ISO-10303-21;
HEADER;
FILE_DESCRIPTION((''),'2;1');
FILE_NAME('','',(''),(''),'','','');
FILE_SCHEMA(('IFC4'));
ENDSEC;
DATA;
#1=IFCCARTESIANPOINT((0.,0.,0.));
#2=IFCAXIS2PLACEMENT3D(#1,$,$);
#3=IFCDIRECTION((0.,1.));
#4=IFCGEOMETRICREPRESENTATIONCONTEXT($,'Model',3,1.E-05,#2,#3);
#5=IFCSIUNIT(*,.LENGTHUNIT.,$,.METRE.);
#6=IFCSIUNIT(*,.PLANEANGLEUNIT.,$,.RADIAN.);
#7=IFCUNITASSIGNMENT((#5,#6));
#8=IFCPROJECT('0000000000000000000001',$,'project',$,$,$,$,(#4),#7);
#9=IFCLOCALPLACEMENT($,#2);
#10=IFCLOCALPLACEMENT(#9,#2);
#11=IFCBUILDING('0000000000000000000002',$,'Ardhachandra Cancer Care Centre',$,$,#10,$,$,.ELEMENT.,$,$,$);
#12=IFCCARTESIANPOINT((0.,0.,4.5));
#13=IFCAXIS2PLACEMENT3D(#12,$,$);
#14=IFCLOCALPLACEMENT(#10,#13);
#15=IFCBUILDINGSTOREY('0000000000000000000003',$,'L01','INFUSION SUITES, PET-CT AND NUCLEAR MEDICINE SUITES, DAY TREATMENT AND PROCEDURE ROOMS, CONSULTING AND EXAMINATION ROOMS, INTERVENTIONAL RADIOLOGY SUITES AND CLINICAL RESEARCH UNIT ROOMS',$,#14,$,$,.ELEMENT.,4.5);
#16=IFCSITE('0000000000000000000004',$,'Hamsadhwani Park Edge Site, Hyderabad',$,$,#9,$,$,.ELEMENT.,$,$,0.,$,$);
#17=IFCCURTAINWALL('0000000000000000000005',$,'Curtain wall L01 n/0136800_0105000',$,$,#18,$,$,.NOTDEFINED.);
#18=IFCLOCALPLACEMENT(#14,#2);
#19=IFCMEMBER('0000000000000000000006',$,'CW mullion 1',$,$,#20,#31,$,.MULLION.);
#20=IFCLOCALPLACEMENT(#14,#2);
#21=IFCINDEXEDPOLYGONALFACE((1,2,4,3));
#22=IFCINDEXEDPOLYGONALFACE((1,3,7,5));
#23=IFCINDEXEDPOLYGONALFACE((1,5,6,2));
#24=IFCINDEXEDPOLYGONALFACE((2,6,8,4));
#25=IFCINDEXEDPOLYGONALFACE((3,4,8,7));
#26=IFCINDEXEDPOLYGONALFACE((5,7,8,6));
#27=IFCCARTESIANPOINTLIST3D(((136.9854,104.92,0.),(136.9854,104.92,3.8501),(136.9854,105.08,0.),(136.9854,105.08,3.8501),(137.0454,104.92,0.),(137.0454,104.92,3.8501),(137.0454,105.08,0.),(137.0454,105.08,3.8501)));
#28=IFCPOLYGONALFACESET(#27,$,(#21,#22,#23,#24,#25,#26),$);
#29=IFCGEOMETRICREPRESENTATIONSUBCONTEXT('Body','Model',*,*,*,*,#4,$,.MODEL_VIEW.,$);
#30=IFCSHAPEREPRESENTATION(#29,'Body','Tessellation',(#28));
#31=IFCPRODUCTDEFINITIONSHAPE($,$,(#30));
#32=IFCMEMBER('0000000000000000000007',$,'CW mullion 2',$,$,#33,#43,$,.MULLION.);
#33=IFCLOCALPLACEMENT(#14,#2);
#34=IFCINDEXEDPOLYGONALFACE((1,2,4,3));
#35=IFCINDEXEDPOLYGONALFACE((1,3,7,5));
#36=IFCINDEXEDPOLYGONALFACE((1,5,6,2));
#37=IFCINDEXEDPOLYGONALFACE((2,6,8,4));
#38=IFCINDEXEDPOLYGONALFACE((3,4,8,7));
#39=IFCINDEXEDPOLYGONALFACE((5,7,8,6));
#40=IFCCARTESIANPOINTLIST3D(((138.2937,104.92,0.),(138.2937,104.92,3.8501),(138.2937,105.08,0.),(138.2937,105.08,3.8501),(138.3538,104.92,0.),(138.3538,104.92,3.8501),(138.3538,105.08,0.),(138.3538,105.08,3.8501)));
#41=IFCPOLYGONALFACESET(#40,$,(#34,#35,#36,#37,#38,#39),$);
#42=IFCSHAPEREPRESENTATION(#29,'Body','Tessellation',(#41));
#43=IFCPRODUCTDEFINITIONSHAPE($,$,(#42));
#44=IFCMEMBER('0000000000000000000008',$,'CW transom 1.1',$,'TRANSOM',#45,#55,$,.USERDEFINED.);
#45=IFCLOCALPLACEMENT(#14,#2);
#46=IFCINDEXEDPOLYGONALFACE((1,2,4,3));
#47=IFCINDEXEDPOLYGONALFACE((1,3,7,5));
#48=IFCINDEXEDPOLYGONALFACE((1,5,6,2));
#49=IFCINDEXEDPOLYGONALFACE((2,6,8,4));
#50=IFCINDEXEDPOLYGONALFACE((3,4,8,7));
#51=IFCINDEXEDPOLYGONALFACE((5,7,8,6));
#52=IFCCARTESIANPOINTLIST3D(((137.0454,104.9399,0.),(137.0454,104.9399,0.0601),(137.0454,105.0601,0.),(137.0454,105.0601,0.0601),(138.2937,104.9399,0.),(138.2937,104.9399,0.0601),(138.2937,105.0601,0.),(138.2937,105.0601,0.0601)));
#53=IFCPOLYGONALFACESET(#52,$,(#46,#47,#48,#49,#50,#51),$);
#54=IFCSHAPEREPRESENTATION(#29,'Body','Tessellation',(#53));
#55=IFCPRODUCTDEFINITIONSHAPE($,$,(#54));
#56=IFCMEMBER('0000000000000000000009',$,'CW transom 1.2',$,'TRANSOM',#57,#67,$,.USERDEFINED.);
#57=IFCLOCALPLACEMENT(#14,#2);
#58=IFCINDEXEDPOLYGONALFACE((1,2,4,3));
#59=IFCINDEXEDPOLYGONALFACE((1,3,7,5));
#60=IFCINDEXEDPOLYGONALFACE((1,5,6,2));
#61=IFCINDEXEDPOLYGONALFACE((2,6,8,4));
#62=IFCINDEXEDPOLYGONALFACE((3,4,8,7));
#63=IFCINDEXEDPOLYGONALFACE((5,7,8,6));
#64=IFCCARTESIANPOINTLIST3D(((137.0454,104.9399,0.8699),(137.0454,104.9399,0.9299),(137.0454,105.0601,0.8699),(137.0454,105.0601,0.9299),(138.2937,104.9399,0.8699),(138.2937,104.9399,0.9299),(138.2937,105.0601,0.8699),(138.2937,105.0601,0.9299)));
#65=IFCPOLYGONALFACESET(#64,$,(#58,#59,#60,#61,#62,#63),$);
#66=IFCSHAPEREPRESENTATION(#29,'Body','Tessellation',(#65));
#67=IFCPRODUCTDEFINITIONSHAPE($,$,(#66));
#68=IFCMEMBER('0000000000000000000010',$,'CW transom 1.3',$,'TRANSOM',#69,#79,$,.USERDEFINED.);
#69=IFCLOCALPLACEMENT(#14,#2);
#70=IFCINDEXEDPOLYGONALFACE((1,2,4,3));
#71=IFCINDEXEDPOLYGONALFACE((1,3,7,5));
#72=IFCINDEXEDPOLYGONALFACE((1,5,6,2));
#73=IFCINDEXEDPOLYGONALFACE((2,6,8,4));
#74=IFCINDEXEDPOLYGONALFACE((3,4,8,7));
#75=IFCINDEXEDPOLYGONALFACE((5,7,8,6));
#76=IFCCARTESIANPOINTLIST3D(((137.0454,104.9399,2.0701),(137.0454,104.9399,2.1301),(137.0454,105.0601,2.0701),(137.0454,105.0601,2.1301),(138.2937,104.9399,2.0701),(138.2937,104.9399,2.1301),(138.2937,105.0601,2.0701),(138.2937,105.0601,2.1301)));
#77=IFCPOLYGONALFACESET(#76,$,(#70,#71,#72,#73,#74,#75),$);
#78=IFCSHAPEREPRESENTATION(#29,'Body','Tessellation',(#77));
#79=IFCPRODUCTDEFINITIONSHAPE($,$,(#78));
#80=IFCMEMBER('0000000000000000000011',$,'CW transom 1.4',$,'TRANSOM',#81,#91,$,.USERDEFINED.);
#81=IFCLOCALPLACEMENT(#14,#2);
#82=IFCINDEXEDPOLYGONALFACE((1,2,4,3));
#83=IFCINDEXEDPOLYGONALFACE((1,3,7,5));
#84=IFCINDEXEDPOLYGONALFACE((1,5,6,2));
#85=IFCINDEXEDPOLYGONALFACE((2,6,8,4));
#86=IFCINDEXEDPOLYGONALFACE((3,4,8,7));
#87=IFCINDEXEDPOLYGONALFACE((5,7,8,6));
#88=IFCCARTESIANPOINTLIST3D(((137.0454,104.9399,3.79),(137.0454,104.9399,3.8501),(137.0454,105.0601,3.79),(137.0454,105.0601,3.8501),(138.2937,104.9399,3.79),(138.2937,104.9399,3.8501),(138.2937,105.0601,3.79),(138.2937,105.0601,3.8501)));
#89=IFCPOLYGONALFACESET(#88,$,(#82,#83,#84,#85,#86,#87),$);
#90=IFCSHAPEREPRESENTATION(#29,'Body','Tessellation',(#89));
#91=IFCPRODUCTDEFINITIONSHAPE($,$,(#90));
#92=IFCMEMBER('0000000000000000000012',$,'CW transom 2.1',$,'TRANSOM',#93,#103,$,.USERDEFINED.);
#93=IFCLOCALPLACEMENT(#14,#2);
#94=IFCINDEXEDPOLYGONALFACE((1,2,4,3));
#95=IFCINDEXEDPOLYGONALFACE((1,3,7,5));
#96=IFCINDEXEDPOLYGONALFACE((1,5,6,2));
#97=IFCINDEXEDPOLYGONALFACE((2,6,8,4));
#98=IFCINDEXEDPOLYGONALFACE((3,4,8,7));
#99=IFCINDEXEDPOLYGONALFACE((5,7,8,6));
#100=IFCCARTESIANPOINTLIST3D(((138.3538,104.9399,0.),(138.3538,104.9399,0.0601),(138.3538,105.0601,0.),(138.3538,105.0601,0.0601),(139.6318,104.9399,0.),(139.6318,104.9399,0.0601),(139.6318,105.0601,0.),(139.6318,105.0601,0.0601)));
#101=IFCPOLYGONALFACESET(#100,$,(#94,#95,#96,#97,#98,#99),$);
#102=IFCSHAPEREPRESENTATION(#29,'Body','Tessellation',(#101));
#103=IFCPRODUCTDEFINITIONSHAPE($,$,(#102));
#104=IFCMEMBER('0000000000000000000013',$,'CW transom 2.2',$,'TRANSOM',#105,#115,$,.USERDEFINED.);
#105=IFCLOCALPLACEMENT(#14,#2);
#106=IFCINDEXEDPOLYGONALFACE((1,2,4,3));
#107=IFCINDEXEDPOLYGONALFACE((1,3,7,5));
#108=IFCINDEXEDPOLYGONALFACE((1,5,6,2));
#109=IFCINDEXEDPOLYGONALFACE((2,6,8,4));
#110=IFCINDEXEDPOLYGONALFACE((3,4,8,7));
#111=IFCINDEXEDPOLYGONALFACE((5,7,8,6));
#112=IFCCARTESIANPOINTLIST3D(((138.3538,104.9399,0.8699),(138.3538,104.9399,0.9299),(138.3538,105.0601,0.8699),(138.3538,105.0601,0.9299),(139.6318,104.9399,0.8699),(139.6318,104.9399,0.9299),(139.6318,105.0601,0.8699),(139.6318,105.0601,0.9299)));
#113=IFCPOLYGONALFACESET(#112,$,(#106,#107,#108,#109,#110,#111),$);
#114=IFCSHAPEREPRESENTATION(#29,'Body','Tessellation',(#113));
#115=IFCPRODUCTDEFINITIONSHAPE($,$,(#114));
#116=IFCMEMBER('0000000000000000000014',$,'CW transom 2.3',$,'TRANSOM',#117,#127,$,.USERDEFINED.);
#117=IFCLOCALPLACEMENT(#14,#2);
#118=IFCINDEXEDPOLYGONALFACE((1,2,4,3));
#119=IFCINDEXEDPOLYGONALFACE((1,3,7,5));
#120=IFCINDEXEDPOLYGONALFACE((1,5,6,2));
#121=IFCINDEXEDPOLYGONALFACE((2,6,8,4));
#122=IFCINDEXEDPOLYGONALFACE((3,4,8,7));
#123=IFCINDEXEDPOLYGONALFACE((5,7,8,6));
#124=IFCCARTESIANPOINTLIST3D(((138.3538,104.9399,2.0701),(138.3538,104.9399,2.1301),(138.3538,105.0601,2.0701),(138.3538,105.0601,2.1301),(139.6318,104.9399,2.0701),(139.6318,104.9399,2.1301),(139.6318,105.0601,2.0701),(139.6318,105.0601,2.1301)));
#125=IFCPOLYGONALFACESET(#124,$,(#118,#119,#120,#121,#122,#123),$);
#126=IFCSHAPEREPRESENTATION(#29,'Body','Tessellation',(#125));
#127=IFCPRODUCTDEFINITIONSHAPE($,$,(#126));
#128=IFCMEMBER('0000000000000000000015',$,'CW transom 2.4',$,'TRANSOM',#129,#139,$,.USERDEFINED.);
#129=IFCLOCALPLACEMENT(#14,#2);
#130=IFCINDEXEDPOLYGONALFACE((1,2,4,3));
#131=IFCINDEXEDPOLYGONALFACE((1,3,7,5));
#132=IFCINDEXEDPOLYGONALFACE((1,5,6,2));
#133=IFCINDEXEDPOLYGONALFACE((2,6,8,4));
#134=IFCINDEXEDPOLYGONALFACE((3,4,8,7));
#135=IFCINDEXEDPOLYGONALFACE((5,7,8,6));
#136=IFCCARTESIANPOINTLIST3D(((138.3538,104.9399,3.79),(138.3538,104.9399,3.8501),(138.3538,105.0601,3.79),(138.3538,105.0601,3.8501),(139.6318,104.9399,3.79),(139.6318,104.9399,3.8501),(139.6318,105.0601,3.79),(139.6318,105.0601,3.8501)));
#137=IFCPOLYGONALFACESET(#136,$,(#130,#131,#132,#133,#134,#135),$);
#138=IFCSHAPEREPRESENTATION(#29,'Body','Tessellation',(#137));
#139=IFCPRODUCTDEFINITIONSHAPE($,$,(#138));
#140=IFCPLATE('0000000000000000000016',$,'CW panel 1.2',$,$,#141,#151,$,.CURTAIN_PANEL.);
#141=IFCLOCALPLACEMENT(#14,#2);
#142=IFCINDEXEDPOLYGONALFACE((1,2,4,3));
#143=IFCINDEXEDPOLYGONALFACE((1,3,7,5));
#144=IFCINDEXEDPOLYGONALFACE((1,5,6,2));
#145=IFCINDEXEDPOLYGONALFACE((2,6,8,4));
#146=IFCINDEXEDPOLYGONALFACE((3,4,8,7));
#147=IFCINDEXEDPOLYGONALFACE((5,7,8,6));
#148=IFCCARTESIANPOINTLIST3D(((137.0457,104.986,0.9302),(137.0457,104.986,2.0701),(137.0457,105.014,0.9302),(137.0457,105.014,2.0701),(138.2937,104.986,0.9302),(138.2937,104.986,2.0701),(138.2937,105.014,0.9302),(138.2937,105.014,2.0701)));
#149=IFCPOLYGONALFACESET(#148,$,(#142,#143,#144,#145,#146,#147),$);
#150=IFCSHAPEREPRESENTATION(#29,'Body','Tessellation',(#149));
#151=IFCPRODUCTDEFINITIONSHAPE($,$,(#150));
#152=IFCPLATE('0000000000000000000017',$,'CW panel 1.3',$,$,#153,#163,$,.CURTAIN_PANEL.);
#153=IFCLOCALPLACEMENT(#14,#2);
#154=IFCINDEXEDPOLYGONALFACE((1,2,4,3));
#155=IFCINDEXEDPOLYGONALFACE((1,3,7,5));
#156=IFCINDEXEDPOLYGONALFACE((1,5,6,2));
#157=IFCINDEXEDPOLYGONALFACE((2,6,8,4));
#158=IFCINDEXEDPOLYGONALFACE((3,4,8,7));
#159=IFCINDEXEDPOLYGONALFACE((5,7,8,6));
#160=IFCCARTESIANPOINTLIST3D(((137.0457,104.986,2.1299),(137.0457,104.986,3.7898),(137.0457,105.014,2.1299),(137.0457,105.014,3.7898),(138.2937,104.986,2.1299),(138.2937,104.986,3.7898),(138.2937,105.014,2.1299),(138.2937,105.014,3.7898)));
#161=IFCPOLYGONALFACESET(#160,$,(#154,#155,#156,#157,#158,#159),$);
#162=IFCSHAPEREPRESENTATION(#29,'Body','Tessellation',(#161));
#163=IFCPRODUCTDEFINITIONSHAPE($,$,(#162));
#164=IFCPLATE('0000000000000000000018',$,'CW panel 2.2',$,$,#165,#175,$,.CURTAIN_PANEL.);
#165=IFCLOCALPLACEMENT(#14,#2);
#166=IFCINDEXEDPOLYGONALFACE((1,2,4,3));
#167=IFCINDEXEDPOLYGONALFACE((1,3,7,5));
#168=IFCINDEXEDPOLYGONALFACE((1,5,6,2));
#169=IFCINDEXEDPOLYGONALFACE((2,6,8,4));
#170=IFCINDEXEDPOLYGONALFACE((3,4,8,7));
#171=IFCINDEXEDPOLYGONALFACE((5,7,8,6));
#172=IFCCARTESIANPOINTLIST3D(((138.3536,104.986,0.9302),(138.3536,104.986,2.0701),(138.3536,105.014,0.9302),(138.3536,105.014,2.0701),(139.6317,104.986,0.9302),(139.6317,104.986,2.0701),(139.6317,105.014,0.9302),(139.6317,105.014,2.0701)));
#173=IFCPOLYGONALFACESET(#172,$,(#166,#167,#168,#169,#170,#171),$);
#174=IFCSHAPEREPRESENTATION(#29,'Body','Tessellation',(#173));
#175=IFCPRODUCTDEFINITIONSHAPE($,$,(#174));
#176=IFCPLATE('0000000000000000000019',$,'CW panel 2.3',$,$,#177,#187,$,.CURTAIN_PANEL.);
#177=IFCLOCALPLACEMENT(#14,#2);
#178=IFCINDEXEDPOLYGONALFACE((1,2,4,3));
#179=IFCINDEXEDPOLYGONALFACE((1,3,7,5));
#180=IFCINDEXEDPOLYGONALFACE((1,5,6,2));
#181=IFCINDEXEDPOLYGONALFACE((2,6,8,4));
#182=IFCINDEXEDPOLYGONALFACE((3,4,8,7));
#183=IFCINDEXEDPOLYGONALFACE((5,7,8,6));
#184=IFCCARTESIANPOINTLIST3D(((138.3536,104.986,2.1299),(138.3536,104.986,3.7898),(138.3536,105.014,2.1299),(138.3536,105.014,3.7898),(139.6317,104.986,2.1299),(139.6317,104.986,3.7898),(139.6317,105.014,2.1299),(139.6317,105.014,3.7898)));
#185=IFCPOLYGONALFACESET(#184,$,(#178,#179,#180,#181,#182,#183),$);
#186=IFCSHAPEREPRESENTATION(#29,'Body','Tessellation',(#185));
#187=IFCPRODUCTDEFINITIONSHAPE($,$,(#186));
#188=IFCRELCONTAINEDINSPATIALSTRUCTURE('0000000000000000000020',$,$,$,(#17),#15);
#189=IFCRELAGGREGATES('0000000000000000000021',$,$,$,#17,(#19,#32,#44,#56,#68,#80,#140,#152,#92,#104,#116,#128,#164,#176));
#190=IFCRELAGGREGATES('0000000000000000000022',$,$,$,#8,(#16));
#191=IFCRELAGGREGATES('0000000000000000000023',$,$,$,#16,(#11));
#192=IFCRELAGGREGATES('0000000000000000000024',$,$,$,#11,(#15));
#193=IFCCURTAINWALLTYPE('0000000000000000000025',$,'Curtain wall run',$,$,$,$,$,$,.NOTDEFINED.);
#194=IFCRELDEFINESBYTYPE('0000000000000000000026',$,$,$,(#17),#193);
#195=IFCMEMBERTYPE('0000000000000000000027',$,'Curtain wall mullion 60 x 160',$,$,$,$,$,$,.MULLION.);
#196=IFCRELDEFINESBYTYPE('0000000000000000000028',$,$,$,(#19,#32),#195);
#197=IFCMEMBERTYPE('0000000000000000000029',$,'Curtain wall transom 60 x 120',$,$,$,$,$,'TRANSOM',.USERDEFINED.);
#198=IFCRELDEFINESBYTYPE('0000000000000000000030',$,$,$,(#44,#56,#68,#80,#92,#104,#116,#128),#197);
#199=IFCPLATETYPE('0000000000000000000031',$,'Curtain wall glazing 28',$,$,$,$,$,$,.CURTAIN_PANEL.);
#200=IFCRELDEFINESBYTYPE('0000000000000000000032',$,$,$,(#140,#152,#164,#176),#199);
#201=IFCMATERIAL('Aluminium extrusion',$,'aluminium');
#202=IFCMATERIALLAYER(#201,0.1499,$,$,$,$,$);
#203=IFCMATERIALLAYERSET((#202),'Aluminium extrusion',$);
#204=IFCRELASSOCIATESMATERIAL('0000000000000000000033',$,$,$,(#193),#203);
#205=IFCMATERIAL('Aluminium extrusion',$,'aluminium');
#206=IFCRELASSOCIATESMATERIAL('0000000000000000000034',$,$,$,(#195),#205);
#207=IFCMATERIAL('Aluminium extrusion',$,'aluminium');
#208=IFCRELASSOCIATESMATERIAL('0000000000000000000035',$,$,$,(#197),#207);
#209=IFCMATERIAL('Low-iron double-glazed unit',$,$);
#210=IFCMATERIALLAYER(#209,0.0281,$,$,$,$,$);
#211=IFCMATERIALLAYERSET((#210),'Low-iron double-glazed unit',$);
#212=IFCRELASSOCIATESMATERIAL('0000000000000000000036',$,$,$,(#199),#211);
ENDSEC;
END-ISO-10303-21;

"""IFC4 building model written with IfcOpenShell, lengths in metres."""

from ifc_helpers import new_model, si_unit, direction, frame, origin, origin_2d, place, context, subcontext, project, spatial, rectangle, extrude, material, layer, layer_set, material_profile, profile_set, type_object, element, aggregate, save


model = new_model("IFC4")

# Units and contexts
model_context = context("Model", 3, precision=1e-05, world=origin(), true_north=direction((0.0, 1.0)))
body_context = subcontext(model_context, "Body", "Model", "MODEL_VIEW")
ifc_project = project(units=[si_unit("LENGTHUNIT", "METRE"), si_unit("PLANEANGLEUNIT", "RADIAN")], contexts=[model_context])

# Site, building, storey
site_placement = place(None, origin())
site = spatial("IfcSite", under=ifc_project, at=site_placement, Name="Hamsadhwani Park Edge Site, Hyderabad", CompositionType="ELEMENT", RefElevation=0.0)
building_placement = place(site_placement, origin())
building = spatial("IfcBuilding", under=site, at=building_placement, Name="Ardhachandra Cancer Care Centre", CompositionType="ELEMENT")
storey_placement = place(building_placement, frame((0.0, 0.0, 4.5)))
storey = spatial("IfcBuildingStorey", under=building, at=storey_placement, Name="L01", Description="INFUSION SUITES, PET-CT AND NUCLEAR MEDICINE SUITES, DAY TREATMENT AND PROCEDURE ROOMS, CONSULTING AND EXAMINATION ROOMS, INTERVENTIONAL RADIOLOGY SUITES AND CLINICAL RESEARCH UNIT ROOMS", CompositionType="ELEMENT", Elevation=4.5)

# Curtain wall, members, plates
ifc_material_1 = material(Name="Aluminium extrusion", Category="aluminium")
ifc_layer_1 = layer(ifc_material_1, 0.1499)
ifc_layer_set_1 = layer_set([ifc_layer_1], Name="Aluminium extrusion")
curtain_wall_type = type_object("IfcCurtainWallType", Name="Curtain wall run", PredefinedType="NOTDEFINED", material=ifc_layer_set_1)
curtain_wall_placement = place(storey_placement, origin())
curtain_wall = element("IfcCurtainWall", 1, at=curtain_wall_placement, inside=storey, type_object=curtain_wall_type, Name="Curtain wall L01 n/0136800_0105000", PredefinedType="NOTDEFINED")
ifc_material_2 = material(Name="Aluminium extrusion", Category="aluminium")
ifc_material_profile_1 = material_profile(ifc_material_2, rectangle(XDim=0.1599, YDim=0.0601, at=origin_2d()), Name="Curtain wall mullion 60 x 160")
ifc_profile_set_1 = profile_set([ifc_material_profile_1], Name="Aluminium extrusion")
member_type_1 = type_object("IfcMemberType", Name="Curtain wall mullion 60 x 160", PredefinedType="MULLION", material=ifc_profile_set_1)
member_1_placement = place(storey_placement, frame((137.0154, 105.0, 0.0), z_axis=(0.0, 0.0, 1.0), x_axis=(0.0, 1.0, 0.0)))
member_1 = element("IfcMember", 2, at=member_1_placement, type_object=member_type_1, Name="CW mullion 1", PredefinedType="MULLION", context=body_context, shape_type="SweptSolid", body=[
    extrude(rectangle(XDim=0.1599, YDim=0.0601, at=origin_2d()), origin(), (0.0, 0.0, 1.0), 3.8501),
])
member_2_placement = place(storey_placement, frame((138.3237, 105.0, 0.0), z_axis=(0.0, 0.0, 1.0), x_axis=(0.0, 1.0, 0.0)))
member_2 = element("IfcMember", 3, at=member_2_placement, type_object=member_type_1, Name="CW mullion 2", PredefinedType="MULLION", context=body_context, shape_type="SweptSolid", body=[
    extrude(rectangle(XDim=0.1599, YDim=0.0601, at=origin_2d()), origin(), (0.0, 0.0, 1.0), 3.8501),
])
ifc_material_3 = material(Name="Aluminium extrusion", Category="aluminium")
ifc_material_profile_2 = material_profile(ifc_material_3, rectangle(XDim=0.1201, YDim=0.0601, at=origin_2d()), Name="Curtain wall transom 60 x 120")
ifc_profile_set_2 = profile_set([ifc_material_profile_2], Name="Aluminium extrusion")
member_type_2 = type_object("IfcMemberType", Name="Curtain wall transom 60 x 120", ElementType="TRANSOM", PredefinedType="USERDEFINED", material=ifc_profile_set_2)
member_3_placement = place(storey_placement, frame((137.0454, 105.0, 0.03), z_axis=(1.0, 0.0, 0.0), x_axis=(0.0, 1.0, 0.0)))
member_3 = element("IfcMember", 4, at=member_3_placement, type_object=member_type_2, Name="CW transom 1.1", ObjectType="TRANSOM", PredefinedType="USERDEFINED", context=body_context, shape_type="SweptSolid", body=[
    extrude(rectangle(XDim=0.1201, YDim=0.0601, at=origin_2d()), origin(), (0.0, 0.0, 1.0), 1.2483),
])
member_4_placement = place(storey_placement, frame((137.0454, 105.0, 0.8999), z_axis=(1.0, 0.0, 0.0), x_axis=(0.0, 1.0, 0.0)))
member_4 = element("IfcMember", 5, at=member_4_placement, type_object=member_type_2, Name="CW transom 1.2", ObjectType="TRANSOM", PredefinedType="USERDEFINED", context=body_context, shape_type="SweptSolid", body=[
    extrude(rectangle(XDim=0.1201, YDim=0.0601, at=origin_2d()), origin(), (0.0, 0.0, 1.0), 1.2483),
])
member_5_placement = place(storey_placement, frame((137.0454, 105.0, 2.1001), z_axis=(1.0, 0.0, 0.0), x_axis=(0.0, 1.0, 0.0)))
member_5 = element("IfcMember", 6, at=member_5_placement, type_object=member_type_2, Name="CW transom 1.3", ObjectType="TRANSOM", PredefinedType="USERDEFINED", context=body_context, shape_type="SweptSolid", body=[
    extrude(rectangle(XDim=0.1201, YDim=0.0601, at=origin_2d()), origin(), (0.0, 0.0, 1.0), 1.2483),
])
member_6_placement = place(storey_placement, frame((137.0454, 105.0, 3.8201), z_axis=(1.0, 0.0, 0.0), x_axis=(0.0, 1.0, 0.0)))
member_6 = element("IfcMember", 7, at=member_6_placement, type_object=member_type_2, Name="CW transom 1.4", ObjectType="TRANSOM", PredefinedType="USERDEFINED", context=body_context, shape_type="SweptSolid", body=[
    extrude(rectangle(XDim=0.1201, YDim=0.0601, at=origin_2d()), origin(), (0.0, 0.0, 1.0), 1.2483),
])
member_7_placement = place(storey_placement, frame((138.3538, 105.0, 0.03), z_axis=(1.0, 0.0, 0.0), x_axis=(0.0, 1.0, 0.0)))
member_7 = element("IfcMember", 8, at=member_7_placement, type_object=member_type_2, Name="CW transom 2.1", ObjectType="TRANSOM", PredefinedType="USERDEFINED", context=body_context, shape_type="SweptSolid", body=[
    extrude(rectangle(XDim=0.1201, YDim=0.0601, at=origin_2d()), origin(), (0.0, 0.0, 1.0), 1.2781),
])
member_8_placement = place(storey_placement, frame((138.3538, 105.0, 0.8999), z_axis=(1.0, 0.0, 0.0), x_axis=(0.0, 1.0, 0.0)))
member_8 = element("IfcMember", 9, at=member_8_placement, type_object=member_type_2, Name="CW transom 2.2", ObjectType="TRANSOM", PredefinedType="USERDEFINED", context=body_context, shape_type="SweptSolid", body=[
    extrude(rectangle(XDim=0.1201, YDim=0.0601, at=origin_2d()), origin(), (0.0, 0.0, 1.0), 1.2781),
])
member_9_placement = place(storey_placement, frame((138.3538, 105.0, 2.1001), z_axis=(1.0, 0.0, 0.0), x_axis=(0.0, 1.0, 0.0)))
member_9 = element("IfcMember", 10, at=member_9_placement, type_object=member_type_2, Name="CW transom 2.3", ObjectType="TRANSOM", PredefinedType="USERDEFINED", context=body_context, shape_type="SweptSolid", body=[
    extrude(rectangle(XDim=0.1201, YDim=0.0601, at=origin_2d()), origin(), (0.0, 0.0, 1.0), 1.2781),
])
member_10_placement = place(storey_placement, frame((138.3538, 105.0, 3.8201), z_axis=(1.0, 0.0, 0.0), x_axis=(0.0, 1.0, 0.0)))
member_10 = element("IfcMember", 11, at=member_10_placement, type_object=member_type_2, Name="CW transom 2.4", ObjectType="TRANSOM", PredefinedType="USERDEFINED", context=body_context, shape_type="SweptSolid", body=[
    extrude(rectangle(XDim=0.1201, YDim=0.0601, at=origin_2d()), origin(), (0.0, 0.0, 1.0), 1.2781),
])
ifc_material_4 = material(Name="Low-iron double-glazed unit")
ifc_layer_2 = layer(ifc_material_4, 0.0281)
ifc_layer_set_2 = layer_set([ifc_layer_2], Name="Low-iron double-glazed unit")
plate_type_1 = type_object("IfcPlateType", Name="Curtain wall glazing 28", PredefinedType="CURTAIN_PANEL", material=ifc_layer_set_2)
plate_1_placement = place(storey_placement, frame((137.6697, 105.0, 0.9302), z_axis=(0.0, 0.0, 1.0), x_axis=(1.0, 0.0, 0.0)))
plate_1 = element("IfcPlate", 12, at=plate_1_placement, type_object=plate_type_1, Name="CW panel 1.2", PredefinedType="CURTAIN_PANEL", context=body_context, shape_type="SweptSolid", body=[
    extrude(rectangle(XDim=1.248, YDim=0.0281, at=origin_2d()), origin(), (0.0, 0.0, 1.0), 1.1399),
])
plate_2_placement = place(storey_placement, frame((137.6697, 105.0, 2.1299), z_axis=(0.0, 0.0, 1.0), x_axis=(1.0, 0.0, 0.0)))
plate_2 = element("IfcPlate", 13, at=plate_2_placement, type_object=plate_type_1, Name="CW panel 1.3", PredefinedType="CURTAIN_PANEL", context=body_context, shape_type="SweptSolid", body=[
    extrude(rectangle(XDim=1.248, YDim=0.0281, at=origin_2d()), origin(), (0.0, 0.0, 1.0), 1.6599),
])
plate_3_placement = place(storey_placement, frame((138.9927, 105.0, 0.9302), z_axis=(0.0, 0.0, 1.0), x_axis=(1.0, 0.0, 0.0)))
plate_3 = element("IfcPlate", 14, at=plate_3_placement, type_object=plate_type_1, Name="CW panel 2.2", PredefinedType="CURTAIN_PANEL", context=body_context, shape_type="SweptSolid", body=[
    extrude(rectangle(XDim=1.2781, YDim=0.0281, at=origin_2d()), origin(), (0.0, 0.0, 1.0), 1.1399),
])
plate_4_placement = place(storey_placement, frame((138.9927, 105.0, 2.1299), z_axis=(0.0, 0.0, 1.0), x_axis=(1.0, 0.0, 0.0)))
plate_4 = element("IfcPlate", 15, at=plate_4_placement, type_object=plate_type_1, Name="CW panel 2.3", PredefinedType="CURTAIN_PANEL", context=body_context, shape_type="SweptSolid", body=[
    extrude(rectangle(XDim=1.2781, YDim=0.0281, at=origin_2d()), origin(), (0.0, 0.0, 1.0), 1.6599),
])
aggregate(curtain_wall, [member_1, member_2, member_3, member_4, member_5, member_6, plate_1, plate_2, member_7, member_8, member_9, member_10, plate_3, plate_4])

save(model, "model.ifc")
